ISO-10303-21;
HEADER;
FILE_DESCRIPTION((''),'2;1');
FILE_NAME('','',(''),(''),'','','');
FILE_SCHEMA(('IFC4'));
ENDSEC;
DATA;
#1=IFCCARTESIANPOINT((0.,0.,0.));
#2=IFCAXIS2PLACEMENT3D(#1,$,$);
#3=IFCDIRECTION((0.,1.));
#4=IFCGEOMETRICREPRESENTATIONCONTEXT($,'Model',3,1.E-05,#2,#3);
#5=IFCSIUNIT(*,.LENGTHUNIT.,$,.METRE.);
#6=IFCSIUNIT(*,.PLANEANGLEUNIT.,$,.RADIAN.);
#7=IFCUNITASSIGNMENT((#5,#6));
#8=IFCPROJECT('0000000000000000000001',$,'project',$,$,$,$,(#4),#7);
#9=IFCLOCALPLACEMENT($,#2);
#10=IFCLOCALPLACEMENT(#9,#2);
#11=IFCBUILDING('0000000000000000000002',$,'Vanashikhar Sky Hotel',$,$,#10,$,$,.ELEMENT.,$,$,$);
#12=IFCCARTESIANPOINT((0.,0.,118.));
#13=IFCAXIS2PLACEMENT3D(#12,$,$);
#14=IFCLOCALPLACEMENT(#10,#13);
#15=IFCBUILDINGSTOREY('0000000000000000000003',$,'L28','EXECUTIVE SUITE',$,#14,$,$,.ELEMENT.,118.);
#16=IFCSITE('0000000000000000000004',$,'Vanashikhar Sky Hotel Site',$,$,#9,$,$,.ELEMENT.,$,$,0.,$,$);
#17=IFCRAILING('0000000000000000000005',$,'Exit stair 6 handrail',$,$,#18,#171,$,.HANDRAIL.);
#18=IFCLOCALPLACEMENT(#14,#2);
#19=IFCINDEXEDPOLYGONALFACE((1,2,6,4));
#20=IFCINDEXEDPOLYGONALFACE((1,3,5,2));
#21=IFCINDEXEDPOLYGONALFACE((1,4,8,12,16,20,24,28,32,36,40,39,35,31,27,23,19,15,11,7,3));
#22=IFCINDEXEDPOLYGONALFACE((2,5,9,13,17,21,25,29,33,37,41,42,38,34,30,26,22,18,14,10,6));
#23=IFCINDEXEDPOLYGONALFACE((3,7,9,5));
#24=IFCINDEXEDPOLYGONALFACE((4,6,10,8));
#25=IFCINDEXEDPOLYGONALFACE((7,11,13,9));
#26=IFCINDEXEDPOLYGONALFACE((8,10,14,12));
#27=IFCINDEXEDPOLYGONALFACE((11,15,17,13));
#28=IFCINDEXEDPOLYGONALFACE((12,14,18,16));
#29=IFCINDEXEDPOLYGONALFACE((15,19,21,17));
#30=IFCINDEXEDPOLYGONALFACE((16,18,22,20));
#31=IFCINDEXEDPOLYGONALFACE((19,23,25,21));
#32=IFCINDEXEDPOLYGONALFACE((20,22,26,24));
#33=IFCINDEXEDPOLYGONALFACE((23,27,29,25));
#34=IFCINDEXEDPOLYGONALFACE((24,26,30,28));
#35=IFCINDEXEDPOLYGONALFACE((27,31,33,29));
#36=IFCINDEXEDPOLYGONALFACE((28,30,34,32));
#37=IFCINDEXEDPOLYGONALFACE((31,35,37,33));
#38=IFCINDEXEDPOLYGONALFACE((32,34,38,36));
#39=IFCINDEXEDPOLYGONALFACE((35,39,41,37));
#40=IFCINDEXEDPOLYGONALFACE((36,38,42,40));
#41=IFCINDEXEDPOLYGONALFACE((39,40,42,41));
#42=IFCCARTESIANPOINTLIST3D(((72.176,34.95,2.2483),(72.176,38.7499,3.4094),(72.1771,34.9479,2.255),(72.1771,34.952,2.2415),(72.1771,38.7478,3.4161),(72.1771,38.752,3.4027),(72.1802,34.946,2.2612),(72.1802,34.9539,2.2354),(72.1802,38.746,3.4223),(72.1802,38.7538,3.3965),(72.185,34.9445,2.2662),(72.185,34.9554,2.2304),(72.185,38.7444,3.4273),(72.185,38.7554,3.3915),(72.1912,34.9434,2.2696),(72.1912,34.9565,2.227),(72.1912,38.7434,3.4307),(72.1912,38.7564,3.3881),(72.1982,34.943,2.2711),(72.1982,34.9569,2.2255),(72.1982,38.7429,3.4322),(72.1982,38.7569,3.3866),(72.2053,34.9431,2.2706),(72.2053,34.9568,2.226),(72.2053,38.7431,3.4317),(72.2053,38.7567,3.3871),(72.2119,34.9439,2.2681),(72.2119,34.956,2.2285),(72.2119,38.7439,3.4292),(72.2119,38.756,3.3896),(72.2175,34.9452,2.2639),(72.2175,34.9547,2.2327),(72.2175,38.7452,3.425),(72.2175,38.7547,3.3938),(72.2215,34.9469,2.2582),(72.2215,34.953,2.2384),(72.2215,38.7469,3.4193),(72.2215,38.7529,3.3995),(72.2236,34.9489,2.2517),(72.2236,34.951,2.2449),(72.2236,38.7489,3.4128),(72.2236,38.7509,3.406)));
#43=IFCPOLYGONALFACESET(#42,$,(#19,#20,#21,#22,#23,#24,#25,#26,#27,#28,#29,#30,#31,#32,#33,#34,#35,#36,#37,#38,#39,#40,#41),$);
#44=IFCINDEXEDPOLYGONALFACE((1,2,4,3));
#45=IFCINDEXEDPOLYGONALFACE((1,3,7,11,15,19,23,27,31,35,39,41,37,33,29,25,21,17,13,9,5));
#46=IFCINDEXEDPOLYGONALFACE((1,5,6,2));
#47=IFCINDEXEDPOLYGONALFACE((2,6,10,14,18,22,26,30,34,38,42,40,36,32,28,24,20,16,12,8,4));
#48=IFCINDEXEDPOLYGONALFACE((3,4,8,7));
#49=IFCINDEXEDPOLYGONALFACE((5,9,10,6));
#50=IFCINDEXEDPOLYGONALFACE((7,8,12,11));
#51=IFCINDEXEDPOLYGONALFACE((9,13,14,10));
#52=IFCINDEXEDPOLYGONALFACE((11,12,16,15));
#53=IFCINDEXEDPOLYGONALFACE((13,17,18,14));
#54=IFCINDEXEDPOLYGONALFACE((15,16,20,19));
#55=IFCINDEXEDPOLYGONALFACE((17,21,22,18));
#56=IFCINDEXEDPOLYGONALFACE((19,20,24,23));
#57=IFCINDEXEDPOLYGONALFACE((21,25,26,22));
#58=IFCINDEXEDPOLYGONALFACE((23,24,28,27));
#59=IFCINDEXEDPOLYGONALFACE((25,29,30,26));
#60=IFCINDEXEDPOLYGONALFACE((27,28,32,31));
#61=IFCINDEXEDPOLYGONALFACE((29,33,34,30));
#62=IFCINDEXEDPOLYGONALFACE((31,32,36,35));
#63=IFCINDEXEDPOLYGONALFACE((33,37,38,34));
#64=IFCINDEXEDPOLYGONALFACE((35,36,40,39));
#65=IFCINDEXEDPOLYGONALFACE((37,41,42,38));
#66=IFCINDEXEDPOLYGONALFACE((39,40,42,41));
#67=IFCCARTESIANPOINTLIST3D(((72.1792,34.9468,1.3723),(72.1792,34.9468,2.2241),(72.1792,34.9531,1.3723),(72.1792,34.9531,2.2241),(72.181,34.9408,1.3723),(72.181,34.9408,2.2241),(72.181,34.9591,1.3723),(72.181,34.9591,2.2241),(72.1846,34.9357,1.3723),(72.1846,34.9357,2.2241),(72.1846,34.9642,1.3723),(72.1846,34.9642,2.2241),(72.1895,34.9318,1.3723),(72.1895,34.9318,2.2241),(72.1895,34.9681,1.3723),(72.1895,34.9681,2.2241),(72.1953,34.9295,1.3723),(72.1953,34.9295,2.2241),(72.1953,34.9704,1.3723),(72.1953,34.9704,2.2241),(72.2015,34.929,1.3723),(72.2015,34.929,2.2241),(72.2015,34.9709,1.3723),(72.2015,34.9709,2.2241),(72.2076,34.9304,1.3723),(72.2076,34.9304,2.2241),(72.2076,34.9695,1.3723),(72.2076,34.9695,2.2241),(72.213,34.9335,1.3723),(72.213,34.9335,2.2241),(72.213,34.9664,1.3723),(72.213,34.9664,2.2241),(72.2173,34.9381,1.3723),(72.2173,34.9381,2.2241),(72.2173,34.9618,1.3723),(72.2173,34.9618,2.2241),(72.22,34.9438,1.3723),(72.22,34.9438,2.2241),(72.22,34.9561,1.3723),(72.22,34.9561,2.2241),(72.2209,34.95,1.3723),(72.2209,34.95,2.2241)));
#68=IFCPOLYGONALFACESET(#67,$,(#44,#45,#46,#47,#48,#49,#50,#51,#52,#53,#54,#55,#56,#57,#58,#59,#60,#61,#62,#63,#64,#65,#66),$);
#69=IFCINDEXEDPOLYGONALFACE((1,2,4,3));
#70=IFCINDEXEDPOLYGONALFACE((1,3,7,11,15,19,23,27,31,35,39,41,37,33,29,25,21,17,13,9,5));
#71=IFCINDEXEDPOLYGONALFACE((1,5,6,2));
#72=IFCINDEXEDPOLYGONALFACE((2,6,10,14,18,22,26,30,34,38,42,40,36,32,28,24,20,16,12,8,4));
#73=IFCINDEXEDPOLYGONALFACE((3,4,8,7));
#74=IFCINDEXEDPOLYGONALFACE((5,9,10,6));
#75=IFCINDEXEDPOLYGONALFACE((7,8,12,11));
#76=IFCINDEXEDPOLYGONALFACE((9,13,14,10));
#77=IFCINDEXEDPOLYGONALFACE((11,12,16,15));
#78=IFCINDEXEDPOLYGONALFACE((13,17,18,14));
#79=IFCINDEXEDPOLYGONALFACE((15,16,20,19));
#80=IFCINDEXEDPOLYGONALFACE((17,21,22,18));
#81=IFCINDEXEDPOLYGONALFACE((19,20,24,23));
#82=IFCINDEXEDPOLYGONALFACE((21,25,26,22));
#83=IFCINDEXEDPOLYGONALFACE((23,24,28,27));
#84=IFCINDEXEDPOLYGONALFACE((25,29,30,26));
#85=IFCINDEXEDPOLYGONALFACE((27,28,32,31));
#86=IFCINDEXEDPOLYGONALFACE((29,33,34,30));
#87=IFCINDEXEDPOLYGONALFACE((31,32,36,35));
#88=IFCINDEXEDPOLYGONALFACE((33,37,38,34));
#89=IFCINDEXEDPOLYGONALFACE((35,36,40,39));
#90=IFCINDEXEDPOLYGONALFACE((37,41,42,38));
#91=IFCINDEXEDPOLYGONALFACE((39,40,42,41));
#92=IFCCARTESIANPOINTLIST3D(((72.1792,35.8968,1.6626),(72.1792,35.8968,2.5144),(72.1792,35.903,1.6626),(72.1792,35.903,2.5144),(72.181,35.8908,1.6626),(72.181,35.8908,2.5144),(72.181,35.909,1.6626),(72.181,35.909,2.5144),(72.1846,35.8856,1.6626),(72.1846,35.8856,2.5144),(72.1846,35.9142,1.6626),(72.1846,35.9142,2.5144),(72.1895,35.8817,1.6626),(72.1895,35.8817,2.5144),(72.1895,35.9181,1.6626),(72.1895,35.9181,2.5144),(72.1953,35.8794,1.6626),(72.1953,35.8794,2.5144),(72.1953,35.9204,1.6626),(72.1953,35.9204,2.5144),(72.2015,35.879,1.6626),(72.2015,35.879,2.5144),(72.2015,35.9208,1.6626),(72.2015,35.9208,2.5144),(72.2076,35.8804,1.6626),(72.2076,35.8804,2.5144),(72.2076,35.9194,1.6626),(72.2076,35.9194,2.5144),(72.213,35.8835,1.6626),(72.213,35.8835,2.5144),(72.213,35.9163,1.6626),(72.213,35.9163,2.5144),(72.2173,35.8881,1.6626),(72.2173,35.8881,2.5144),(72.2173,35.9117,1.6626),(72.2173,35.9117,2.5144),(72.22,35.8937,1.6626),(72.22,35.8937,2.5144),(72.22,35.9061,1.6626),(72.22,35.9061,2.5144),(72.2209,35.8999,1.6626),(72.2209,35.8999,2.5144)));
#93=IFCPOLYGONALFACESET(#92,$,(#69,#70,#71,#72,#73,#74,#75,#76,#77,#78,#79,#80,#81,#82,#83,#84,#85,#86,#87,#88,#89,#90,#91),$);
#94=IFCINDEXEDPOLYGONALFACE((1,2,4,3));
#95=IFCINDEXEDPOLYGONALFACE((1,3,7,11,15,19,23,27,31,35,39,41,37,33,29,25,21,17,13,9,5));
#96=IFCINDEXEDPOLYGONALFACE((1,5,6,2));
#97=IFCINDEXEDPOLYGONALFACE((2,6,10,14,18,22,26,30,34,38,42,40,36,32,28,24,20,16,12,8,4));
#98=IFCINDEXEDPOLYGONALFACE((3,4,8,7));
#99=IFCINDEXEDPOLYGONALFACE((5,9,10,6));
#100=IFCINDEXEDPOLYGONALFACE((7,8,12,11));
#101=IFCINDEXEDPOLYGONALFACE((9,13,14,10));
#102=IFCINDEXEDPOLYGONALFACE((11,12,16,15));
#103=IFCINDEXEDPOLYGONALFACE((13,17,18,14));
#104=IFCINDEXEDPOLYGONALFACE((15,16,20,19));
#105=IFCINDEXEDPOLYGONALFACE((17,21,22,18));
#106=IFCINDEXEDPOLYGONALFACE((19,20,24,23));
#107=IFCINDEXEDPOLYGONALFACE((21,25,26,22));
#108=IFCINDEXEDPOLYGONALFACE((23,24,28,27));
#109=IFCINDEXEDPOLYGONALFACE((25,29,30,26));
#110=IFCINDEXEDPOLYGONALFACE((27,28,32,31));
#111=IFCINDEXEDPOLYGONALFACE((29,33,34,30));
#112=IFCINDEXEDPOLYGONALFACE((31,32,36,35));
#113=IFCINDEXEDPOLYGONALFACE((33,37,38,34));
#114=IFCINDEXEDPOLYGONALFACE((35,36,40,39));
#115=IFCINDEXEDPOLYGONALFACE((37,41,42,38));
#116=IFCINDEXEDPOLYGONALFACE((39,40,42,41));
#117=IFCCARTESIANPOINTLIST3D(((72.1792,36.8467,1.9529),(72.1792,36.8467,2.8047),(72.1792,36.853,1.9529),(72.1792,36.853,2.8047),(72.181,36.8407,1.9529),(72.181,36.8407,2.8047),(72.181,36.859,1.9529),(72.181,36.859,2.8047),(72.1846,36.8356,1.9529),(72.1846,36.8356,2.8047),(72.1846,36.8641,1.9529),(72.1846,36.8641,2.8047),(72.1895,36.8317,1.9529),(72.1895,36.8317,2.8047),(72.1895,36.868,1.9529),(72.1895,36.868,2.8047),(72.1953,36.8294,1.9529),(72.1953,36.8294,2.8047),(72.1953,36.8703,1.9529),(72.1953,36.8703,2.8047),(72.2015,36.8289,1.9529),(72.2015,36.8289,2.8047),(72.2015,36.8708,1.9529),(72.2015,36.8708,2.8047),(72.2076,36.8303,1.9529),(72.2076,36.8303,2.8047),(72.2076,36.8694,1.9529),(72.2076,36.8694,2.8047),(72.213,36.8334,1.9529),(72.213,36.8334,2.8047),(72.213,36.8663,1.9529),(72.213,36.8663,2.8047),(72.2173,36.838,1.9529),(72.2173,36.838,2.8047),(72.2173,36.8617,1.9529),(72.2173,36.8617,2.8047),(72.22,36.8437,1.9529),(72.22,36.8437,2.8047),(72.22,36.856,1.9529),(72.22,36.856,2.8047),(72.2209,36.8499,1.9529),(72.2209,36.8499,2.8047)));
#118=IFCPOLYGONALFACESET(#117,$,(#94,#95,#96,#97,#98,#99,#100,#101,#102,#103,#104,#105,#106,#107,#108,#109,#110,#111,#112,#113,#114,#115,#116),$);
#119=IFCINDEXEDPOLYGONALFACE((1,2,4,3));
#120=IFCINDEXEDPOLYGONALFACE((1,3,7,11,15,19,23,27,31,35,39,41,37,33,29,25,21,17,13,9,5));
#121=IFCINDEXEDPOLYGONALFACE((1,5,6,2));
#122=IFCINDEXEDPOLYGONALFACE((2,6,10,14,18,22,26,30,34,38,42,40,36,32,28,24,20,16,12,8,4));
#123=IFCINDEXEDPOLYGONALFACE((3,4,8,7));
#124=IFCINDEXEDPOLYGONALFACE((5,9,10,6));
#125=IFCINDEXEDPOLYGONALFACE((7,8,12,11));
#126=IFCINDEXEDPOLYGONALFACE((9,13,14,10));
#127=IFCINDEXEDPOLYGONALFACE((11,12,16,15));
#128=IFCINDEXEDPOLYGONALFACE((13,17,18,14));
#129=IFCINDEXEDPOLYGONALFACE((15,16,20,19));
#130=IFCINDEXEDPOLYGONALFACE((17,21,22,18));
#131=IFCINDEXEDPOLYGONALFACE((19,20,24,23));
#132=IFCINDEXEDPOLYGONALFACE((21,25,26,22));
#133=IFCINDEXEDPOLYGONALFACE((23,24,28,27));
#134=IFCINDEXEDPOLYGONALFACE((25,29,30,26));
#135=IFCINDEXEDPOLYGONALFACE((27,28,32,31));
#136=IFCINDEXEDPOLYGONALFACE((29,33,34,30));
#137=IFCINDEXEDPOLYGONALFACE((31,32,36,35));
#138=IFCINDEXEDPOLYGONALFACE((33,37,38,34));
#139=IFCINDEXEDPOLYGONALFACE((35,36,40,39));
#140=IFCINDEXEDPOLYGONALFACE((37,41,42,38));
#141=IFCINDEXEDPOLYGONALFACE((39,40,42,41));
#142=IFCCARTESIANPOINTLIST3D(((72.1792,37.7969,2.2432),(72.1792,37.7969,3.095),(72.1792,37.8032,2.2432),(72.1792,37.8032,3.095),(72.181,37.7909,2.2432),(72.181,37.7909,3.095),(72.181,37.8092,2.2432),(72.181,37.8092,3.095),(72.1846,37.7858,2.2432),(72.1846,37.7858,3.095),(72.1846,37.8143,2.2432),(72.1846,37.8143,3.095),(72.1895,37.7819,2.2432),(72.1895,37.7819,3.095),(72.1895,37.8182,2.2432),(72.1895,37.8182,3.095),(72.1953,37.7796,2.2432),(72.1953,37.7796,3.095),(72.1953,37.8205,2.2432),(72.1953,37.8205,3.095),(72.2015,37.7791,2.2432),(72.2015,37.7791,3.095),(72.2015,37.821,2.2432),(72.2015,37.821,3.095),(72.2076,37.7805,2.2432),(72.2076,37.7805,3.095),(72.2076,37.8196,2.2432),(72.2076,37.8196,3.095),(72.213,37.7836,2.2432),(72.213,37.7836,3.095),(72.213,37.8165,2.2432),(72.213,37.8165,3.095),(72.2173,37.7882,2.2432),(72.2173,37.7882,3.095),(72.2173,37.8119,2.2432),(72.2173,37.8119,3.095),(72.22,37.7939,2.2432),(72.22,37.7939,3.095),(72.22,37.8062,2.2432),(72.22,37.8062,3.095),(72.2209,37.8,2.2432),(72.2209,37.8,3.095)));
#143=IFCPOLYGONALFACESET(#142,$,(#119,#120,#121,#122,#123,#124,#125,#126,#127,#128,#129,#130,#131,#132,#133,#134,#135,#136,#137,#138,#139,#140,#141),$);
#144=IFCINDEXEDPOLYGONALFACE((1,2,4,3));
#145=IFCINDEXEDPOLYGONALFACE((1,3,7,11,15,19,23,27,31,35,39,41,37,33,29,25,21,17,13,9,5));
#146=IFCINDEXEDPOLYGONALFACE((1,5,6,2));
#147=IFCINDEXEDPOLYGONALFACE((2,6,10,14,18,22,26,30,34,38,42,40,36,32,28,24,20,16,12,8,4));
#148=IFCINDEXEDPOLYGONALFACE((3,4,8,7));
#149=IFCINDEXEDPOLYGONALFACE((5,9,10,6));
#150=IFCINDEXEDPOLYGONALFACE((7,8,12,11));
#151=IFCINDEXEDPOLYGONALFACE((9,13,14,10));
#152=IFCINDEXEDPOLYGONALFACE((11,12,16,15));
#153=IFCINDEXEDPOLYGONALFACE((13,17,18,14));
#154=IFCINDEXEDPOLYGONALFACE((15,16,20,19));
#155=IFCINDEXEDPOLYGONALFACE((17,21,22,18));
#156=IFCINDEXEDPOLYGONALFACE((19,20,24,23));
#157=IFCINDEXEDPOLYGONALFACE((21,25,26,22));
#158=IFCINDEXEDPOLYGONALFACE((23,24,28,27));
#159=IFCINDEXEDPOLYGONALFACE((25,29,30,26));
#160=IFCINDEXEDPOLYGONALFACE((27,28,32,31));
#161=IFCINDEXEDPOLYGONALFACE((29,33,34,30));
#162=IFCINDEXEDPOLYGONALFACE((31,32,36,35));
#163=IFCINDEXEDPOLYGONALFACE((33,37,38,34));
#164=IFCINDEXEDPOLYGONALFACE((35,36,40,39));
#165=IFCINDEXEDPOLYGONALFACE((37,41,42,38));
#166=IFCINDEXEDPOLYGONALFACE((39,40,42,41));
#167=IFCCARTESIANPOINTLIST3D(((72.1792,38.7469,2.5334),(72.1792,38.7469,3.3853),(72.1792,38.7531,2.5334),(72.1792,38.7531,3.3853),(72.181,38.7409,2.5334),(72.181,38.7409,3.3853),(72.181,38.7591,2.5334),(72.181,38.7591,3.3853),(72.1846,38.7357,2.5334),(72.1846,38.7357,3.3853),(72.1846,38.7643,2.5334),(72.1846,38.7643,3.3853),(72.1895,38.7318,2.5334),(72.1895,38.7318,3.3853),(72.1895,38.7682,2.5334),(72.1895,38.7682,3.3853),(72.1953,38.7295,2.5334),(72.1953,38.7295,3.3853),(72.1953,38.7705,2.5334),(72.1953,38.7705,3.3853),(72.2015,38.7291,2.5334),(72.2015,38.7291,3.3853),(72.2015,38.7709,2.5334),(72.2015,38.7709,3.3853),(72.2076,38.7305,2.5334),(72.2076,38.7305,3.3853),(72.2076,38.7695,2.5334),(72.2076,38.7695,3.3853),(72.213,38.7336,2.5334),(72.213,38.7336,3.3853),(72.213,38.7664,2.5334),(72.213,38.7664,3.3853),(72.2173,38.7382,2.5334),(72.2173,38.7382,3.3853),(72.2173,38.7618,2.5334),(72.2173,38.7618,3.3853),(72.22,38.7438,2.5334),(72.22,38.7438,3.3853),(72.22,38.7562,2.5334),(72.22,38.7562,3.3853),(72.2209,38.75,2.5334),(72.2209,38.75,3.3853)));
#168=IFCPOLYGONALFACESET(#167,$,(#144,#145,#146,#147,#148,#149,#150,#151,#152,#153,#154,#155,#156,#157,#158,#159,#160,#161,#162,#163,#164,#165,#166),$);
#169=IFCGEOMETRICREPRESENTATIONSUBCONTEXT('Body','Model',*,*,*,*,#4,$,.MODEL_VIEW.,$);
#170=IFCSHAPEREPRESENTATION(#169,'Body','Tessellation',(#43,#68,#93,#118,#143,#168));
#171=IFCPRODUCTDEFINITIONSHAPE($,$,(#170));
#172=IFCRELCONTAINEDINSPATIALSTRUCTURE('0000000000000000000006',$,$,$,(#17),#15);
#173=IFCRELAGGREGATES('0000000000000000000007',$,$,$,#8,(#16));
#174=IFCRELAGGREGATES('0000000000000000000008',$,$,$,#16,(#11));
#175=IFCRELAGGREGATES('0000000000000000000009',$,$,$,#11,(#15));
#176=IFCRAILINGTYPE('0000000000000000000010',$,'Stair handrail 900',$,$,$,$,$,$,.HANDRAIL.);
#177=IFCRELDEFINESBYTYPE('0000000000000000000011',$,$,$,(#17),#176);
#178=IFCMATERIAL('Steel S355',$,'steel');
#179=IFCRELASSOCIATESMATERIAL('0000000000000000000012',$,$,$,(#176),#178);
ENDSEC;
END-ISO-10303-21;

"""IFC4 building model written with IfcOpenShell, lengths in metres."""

from ifc_helpers import new_model, si_unit, direction, frame, origin, origin_2d, place, context, subcontext, project, spatial, circle, extrude, source, transform, mapped, material, type_object, element, save


model = new_model("IFC4")

# Units and contexts
model_context = context("Model", 3, precision=1e-05, world=origin(), true_north=direction((0.0, 1.0)))
body_context = subcontext(model_context, "Body", "Model", "MODEL_VIEW")
ifc_project = project(units=[si_unit("LENGTHUNIT", "METRE"), si_unit("PLANEANGLEUNIT", "RADIAN")], contexts=[model_context])

# Site, building, storey
site_placement = place(None, origin())
site = spatial("IfcSite", under=ifc_project, at=site_placement, Name="Vanashikhar Sky Hotel Site", CompositionType="ELEMENT", RefElevation=0.0)
building_placement = place(site_placement, origin())
building = spatial("IfcBuilding", under=site, at=building_placement, Name="Vanashikhar Sky Hotel", CompositionType="ELEMENT")
storey_placement = place(building_placement, frame((0.0, 0.0, 118.0)))
storey = spatial("IfcBuildingStorey", under=building, at=storey_placement, Name="L28", Description="EXECUTIVE SUITE", CompositionType="ELEMENT", Elevation=118.0)

# Railing
ifc_material_1 = material(Name="Steel S355", Category="steel")
railing_type_1 = type_object("IfcRailingType", Name="Stair handrail 900", PredefinedType="HANDRAIL", material=ifc_material_1)
shared_shape_1 = source(origin(), body_context, "Body", "SweptSolid", [
    extrude(circle(Radius=0.0239, at=origin_2d()), frame((0.0, 0.0, 0.876), z_axis=(0.0, 0.956351, 0.29222), x_axis=(-1.0, 0.0, 0.0)), (0.0, 0.0, 1.0), 3.9734),
    extrude(circle(Radius=0.021, at=origin_2d()), origin(), (0.0, 0.0, 1.0), 0.8518),
    extrude(circle(Radius=0.021, at=origin_2d()), frame((0.0, 0.95, 0.2903)), (0.0, 0.0, 1.0), 0.8518),
    extrude(circle(Radius=0.021, at=origin_2d()), frame((0.0, 1.8999, 0.5806)), (0.0, 0.0, 1.0), 0.8518),
    extrude(circle(Radius=0.021, at=origin_2d()), frame((0.0, 2.8501, 0.8708)), (0.0, 0.0, 1.0), 0.8518),
    extrude(circle(Radius=0.021, at=origin_2d()), frame((0.0, 3.8, 1.1611)), (0.0, 0.0, 1.0), 0.8518),
])
for number, where, name in (
    (1, (72.2, 34.95, 1.3723), "Exit stair 6 handrail"),
):
    element("IfcRailing", number, at=place(storey_placement, frame(where)), inside=storey, type_object=railing_type_1, Name=name, PredefinedType="HANDRAIL", context=body_context, shape_type="MappedRepresentation", body=[
        mapped(shared_shape_1, transform((0.0, 0.0, 0.0), scale=1.0)),
    ])

save(model, "model.ifc")
